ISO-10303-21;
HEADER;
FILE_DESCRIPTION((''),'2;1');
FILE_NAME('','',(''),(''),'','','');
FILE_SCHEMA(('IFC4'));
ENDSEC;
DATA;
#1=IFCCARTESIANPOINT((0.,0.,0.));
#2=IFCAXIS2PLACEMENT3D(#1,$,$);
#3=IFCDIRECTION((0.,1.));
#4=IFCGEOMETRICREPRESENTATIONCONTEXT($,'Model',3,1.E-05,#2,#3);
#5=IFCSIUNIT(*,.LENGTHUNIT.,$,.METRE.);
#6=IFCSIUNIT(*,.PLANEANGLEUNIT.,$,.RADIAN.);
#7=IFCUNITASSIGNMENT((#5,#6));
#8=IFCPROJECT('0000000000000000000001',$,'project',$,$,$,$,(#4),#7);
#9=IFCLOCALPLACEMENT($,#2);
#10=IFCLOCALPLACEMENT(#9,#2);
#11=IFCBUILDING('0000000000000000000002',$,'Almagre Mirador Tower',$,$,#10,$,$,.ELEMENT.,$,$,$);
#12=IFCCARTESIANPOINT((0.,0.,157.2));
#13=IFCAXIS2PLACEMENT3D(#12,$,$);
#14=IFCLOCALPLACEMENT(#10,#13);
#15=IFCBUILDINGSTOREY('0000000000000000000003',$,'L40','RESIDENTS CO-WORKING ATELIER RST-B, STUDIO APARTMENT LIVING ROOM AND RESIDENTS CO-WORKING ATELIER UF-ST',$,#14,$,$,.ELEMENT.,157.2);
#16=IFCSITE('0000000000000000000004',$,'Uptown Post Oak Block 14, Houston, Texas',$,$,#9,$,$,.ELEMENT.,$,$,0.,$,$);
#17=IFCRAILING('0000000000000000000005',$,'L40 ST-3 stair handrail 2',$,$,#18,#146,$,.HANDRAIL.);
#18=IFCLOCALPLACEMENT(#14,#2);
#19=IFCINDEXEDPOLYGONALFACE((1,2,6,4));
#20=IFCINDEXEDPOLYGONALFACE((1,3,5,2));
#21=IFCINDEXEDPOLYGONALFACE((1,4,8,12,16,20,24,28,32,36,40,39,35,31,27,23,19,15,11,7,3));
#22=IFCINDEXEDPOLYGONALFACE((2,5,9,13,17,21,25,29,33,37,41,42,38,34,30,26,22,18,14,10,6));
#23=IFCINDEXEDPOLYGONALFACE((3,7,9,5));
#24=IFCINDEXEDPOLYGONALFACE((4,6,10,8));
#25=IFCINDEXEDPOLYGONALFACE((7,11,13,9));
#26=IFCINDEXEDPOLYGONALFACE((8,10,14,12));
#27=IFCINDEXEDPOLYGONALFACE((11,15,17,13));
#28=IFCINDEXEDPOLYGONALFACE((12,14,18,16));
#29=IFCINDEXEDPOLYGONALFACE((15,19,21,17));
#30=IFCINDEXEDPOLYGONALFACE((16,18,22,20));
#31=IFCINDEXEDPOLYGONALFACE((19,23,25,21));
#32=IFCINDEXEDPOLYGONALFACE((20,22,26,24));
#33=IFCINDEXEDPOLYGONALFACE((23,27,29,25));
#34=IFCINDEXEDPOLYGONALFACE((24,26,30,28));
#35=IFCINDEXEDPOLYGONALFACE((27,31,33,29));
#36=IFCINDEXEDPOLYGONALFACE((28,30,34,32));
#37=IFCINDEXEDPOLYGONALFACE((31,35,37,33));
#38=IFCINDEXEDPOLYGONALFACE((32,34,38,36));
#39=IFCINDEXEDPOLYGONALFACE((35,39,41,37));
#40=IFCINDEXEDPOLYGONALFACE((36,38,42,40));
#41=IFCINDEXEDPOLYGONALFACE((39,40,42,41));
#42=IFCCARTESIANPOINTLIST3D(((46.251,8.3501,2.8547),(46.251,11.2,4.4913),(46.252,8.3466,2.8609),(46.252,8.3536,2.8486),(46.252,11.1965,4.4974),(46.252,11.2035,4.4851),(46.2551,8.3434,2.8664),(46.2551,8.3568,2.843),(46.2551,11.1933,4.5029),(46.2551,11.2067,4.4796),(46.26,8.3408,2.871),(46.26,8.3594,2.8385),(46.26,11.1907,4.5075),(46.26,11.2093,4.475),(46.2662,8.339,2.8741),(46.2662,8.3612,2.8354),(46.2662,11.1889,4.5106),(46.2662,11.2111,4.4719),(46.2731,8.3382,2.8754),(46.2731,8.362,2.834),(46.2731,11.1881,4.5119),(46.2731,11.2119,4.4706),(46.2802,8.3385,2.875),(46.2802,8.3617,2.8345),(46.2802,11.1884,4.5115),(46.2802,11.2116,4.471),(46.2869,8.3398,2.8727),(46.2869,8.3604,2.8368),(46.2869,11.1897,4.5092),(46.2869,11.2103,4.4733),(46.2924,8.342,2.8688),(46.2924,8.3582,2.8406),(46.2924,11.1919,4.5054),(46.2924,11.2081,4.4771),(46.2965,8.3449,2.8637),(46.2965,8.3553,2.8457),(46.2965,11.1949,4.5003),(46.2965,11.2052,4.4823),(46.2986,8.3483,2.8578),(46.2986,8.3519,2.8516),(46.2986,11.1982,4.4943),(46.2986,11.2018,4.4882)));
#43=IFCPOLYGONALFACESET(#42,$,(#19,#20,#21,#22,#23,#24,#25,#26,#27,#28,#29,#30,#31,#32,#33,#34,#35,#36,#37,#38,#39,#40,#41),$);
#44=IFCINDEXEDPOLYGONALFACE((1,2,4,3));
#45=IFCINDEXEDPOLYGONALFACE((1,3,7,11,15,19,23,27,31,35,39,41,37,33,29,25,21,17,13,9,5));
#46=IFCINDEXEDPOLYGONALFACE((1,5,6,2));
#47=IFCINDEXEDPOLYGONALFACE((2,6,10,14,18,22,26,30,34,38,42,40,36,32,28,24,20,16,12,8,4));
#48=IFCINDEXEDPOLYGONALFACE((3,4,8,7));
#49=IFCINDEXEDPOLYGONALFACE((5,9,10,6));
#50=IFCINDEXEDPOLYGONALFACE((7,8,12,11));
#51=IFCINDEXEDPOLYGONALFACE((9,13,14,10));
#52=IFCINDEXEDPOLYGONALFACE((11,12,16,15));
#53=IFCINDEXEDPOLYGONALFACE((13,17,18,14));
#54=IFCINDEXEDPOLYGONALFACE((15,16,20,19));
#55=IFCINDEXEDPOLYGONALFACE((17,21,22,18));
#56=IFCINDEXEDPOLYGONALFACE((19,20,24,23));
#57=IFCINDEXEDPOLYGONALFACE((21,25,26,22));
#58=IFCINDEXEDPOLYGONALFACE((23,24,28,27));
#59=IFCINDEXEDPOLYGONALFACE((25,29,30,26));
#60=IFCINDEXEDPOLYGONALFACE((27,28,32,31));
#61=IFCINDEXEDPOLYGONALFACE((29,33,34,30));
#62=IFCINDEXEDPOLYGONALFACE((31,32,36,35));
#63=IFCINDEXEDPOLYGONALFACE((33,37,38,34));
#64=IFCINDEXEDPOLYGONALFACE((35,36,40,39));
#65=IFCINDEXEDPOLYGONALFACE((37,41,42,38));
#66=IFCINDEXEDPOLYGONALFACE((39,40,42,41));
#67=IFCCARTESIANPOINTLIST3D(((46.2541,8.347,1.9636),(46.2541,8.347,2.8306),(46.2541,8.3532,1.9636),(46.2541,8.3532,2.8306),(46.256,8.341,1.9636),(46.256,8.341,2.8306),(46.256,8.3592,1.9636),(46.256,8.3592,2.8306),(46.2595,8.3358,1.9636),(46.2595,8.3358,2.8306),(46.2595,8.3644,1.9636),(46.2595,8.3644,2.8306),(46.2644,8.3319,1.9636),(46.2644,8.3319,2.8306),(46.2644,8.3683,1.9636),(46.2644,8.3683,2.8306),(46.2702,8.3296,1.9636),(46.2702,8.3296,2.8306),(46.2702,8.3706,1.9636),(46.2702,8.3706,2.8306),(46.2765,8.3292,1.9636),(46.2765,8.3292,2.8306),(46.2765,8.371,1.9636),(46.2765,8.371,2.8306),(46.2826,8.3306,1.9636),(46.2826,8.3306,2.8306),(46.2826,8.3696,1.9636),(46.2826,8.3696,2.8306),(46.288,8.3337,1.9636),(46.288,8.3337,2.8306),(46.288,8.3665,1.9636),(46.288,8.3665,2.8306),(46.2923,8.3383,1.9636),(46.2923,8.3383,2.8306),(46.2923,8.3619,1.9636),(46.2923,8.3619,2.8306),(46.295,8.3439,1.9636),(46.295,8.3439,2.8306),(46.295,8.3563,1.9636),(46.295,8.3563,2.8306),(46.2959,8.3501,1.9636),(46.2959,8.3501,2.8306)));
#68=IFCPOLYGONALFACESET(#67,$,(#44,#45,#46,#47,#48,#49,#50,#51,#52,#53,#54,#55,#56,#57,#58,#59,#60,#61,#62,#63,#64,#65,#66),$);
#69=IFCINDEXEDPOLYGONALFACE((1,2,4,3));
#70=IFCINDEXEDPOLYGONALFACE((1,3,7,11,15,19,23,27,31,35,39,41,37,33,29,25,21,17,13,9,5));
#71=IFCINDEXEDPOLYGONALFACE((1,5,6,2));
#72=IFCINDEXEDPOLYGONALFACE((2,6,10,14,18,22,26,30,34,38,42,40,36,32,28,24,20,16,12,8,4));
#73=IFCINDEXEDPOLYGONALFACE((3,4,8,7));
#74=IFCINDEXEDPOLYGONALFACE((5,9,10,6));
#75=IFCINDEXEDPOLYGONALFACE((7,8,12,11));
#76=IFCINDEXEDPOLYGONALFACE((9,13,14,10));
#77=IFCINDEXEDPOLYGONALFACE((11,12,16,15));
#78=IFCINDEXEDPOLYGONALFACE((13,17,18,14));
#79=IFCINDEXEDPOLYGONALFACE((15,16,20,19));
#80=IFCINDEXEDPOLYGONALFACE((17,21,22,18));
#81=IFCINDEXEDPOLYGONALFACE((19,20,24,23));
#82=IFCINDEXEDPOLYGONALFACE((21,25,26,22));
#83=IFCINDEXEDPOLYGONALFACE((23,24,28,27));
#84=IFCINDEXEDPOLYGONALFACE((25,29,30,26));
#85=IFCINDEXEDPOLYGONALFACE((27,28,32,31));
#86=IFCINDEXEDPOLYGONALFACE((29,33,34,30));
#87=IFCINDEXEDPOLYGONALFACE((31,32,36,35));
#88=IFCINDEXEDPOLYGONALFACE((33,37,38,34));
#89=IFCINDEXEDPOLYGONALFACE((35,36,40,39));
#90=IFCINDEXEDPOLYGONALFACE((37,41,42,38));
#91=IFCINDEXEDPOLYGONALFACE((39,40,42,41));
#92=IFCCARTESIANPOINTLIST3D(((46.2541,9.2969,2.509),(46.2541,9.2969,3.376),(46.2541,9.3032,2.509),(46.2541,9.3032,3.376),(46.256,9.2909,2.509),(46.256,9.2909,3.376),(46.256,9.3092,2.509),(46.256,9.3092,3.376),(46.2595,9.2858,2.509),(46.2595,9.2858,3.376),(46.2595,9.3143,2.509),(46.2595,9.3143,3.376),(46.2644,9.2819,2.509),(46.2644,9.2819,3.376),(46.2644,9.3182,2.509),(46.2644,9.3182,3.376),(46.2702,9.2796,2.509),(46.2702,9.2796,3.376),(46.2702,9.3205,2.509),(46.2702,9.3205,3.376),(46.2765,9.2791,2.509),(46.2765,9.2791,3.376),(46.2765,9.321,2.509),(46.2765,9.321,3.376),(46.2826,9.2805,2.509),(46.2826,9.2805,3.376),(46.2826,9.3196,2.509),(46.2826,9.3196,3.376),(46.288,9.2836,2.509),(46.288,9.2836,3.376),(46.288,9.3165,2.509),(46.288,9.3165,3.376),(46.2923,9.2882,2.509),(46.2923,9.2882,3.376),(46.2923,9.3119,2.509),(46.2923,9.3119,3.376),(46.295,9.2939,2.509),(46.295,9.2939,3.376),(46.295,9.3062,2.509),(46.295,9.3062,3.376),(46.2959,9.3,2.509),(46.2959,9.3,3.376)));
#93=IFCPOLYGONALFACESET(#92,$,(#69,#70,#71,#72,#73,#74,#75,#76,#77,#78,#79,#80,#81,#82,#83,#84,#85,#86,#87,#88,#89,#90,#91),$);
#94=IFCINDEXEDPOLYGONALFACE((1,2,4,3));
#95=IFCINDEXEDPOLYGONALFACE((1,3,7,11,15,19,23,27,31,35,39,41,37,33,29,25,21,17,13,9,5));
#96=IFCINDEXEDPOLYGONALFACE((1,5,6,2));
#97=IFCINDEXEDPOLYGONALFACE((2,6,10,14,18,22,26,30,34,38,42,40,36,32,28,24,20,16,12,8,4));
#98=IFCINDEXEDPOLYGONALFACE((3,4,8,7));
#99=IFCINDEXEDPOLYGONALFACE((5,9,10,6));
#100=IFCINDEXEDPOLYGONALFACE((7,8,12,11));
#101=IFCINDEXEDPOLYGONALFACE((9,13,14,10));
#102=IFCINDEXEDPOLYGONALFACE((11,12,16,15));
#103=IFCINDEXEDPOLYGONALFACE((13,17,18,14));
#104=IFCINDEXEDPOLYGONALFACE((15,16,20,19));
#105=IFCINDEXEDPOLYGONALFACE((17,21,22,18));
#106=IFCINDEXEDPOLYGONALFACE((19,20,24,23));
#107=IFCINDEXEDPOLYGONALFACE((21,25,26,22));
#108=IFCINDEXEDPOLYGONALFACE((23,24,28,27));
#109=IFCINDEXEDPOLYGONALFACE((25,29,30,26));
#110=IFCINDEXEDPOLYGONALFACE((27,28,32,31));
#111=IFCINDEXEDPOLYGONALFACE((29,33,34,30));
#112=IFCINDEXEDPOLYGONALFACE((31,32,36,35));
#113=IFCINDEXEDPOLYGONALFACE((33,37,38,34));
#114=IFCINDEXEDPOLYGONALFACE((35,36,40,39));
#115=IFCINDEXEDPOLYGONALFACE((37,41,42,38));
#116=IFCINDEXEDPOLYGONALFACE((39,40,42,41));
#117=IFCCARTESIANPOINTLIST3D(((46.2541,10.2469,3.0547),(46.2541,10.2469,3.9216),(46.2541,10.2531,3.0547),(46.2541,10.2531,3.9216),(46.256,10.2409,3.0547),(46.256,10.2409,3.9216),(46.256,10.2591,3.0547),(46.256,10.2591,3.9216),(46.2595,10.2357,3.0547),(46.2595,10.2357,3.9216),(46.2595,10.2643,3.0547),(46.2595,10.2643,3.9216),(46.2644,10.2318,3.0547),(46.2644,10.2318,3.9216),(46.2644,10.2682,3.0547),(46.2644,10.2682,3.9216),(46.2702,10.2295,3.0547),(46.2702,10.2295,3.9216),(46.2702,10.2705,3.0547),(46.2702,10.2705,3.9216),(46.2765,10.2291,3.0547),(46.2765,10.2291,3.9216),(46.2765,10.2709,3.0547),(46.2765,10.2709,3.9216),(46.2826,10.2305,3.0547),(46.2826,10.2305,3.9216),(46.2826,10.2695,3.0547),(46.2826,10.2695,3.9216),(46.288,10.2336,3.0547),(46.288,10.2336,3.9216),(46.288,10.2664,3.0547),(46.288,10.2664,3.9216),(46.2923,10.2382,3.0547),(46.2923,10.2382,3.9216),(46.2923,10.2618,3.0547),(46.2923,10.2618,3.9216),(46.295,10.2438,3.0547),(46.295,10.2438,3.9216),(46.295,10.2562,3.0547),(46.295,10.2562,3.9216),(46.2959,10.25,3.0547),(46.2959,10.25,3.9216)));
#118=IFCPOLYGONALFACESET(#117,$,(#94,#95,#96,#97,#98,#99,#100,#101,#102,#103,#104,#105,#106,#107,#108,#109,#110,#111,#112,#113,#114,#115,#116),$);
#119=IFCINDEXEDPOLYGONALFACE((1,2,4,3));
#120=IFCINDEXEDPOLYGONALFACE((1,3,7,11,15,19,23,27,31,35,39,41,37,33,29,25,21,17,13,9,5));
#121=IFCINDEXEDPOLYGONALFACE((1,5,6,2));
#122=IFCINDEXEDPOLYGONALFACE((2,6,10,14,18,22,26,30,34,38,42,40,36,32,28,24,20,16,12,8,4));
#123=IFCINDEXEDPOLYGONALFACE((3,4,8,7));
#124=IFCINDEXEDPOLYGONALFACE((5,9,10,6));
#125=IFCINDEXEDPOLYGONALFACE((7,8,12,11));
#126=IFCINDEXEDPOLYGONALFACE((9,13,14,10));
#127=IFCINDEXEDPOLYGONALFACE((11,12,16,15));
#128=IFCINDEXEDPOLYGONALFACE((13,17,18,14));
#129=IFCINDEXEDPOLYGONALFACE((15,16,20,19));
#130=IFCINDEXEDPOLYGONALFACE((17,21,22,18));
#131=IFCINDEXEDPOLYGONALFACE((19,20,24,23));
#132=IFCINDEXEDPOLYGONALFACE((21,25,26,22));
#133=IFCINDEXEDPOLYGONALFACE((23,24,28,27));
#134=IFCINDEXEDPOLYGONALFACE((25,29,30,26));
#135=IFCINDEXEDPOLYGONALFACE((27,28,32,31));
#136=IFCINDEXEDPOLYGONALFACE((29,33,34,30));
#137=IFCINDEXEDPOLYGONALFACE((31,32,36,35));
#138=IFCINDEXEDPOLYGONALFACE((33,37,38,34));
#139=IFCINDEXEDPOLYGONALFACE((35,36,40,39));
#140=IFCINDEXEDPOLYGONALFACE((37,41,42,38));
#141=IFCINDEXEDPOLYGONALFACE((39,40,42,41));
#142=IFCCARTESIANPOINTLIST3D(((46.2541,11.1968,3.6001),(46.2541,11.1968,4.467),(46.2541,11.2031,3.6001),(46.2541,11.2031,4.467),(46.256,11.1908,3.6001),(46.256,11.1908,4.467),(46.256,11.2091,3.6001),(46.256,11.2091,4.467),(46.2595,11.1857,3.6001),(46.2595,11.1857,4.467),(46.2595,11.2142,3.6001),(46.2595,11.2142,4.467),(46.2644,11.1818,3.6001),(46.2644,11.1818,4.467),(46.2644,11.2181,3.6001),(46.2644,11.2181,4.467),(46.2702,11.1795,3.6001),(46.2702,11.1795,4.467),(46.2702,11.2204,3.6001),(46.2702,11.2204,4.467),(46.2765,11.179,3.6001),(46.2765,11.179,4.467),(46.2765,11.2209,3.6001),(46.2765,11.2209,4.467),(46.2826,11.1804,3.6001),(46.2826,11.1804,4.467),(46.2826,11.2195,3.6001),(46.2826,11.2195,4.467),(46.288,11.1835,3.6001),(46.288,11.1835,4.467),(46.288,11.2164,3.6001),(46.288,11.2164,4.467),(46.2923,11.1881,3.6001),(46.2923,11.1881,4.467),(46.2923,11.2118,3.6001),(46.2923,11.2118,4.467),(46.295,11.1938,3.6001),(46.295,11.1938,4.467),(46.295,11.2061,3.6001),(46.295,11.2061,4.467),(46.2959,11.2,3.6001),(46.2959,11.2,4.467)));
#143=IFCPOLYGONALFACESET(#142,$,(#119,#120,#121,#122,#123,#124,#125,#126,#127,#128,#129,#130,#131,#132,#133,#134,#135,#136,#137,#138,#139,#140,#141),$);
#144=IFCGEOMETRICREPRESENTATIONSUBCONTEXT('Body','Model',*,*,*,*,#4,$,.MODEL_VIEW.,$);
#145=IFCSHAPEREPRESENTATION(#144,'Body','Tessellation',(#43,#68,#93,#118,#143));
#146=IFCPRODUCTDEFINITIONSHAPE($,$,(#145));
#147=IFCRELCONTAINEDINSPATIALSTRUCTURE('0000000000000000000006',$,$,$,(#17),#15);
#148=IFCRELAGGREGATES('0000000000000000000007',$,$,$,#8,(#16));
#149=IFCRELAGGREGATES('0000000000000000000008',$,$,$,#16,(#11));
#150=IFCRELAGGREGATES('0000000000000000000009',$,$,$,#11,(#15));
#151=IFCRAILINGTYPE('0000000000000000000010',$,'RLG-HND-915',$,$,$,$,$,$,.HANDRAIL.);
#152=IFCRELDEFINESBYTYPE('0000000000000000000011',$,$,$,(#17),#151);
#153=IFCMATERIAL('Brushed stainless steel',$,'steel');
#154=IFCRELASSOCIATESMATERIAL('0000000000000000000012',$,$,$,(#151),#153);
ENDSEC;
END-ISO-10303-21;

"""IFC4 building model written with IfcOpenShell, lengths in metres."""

from ifc_helpers import new_model, si_unit, direction, frame, origin, origin_2d, place, context, subcontext, project, spatial, circle, extrude, material, type_object, element, save


model = new_model("IFC4")

# Units and contexts
model_context = context("Model", 3, precision=1e-05, world=origin(), true_north=direction((0.0, 1.0)))
body_context = subcontext(model_context, "Body", "Model", "MODEL_VIEW")
ifc_project = project(units=[si_unit("LENGTHUNIT", "METRE"), si_unit("PLANEANGLEUNIT", "RADIAN")], contexts=[model_context])

# Site, building, storey
site_placement = place(None, origin())
site = spatial("IfcSite", under=ifc_project, at=site_placement, Name="Uptown Post Oak Block 14, Houston, Texas", CompositionType="ELEMENT", RefElevation=0.0)
building_placement = place(site_placement, origin())
building = spatial("IfcBuilding", under=site, at=building_placement, Name="Almagre Mirador Tower", CompositionType="ELEMENT")
storey_placement = place(building_placement, frame((0.0, 0.0, 157.2)))
storey = spatial("IfcBuildingStorey", under=building, at=storey_placement, Name="L40", Description="RESIDENTS CO-WORKING ATELIER RST-B, STUDIO APARTMENT LIVING ROOM AND RESIDENTS CO-WORKING ATELIER UF-ST", CompositionType="ELEMENT", Elevation=157.2)

# Railing
ifc_material_1 = material(Name="Brushed stainless steel", Category="steel")
railing_type_1 = type_object("IfcRailingType", Name="RLG-HND-915", PredefinedType="HANDRAIL", material=ifc_material_1)
railing_1_placement = place(storey_placement, frame((46.2749, 8.3501, 1.9636)))
element("IfcRailing", 1, at=railing_1_placement, inside=storey, type_object=railing_type_1, Name="L40 ST-3 stair handrail 2", PredefinedType="HANDRAIL", context=body_context, shape_type="SweptSolid", body=[
    extrude(circle(Radius=0.0239, at=origin_2d()), frame((0.0, 0.0, 0.8911), z_axis=(0.0, 0.867194, 0.49797), x_axis=(-1.0, 0.0, 0.0)), (0.0, 0.0, 1.0), 3.2864),
    extrude(circle(Radius=0.021, at=origin_2d()), origin(), (0.0, 0.0, 1.0), 0.8669),
    extrude(circle(Radius=0.021, at=origin_2d()), frame((0.0, 0.95, 0.5454)), (0.0, 0.0, 1.0), 0.8669),
    extrude(circle(Radius=0.021, at=origin_2d()), frame((0.0, 1.8999, 1.0911)), (0.0, 0.0, 1.0), 0.8669),
    extrude(circle(Radius=0.021, at=origin_2d()), frame((0.0, 2.8499, 1.6365)), (0.0, 0.0, 1.0), 0.8669),
])

save(model, "model.ifc")
